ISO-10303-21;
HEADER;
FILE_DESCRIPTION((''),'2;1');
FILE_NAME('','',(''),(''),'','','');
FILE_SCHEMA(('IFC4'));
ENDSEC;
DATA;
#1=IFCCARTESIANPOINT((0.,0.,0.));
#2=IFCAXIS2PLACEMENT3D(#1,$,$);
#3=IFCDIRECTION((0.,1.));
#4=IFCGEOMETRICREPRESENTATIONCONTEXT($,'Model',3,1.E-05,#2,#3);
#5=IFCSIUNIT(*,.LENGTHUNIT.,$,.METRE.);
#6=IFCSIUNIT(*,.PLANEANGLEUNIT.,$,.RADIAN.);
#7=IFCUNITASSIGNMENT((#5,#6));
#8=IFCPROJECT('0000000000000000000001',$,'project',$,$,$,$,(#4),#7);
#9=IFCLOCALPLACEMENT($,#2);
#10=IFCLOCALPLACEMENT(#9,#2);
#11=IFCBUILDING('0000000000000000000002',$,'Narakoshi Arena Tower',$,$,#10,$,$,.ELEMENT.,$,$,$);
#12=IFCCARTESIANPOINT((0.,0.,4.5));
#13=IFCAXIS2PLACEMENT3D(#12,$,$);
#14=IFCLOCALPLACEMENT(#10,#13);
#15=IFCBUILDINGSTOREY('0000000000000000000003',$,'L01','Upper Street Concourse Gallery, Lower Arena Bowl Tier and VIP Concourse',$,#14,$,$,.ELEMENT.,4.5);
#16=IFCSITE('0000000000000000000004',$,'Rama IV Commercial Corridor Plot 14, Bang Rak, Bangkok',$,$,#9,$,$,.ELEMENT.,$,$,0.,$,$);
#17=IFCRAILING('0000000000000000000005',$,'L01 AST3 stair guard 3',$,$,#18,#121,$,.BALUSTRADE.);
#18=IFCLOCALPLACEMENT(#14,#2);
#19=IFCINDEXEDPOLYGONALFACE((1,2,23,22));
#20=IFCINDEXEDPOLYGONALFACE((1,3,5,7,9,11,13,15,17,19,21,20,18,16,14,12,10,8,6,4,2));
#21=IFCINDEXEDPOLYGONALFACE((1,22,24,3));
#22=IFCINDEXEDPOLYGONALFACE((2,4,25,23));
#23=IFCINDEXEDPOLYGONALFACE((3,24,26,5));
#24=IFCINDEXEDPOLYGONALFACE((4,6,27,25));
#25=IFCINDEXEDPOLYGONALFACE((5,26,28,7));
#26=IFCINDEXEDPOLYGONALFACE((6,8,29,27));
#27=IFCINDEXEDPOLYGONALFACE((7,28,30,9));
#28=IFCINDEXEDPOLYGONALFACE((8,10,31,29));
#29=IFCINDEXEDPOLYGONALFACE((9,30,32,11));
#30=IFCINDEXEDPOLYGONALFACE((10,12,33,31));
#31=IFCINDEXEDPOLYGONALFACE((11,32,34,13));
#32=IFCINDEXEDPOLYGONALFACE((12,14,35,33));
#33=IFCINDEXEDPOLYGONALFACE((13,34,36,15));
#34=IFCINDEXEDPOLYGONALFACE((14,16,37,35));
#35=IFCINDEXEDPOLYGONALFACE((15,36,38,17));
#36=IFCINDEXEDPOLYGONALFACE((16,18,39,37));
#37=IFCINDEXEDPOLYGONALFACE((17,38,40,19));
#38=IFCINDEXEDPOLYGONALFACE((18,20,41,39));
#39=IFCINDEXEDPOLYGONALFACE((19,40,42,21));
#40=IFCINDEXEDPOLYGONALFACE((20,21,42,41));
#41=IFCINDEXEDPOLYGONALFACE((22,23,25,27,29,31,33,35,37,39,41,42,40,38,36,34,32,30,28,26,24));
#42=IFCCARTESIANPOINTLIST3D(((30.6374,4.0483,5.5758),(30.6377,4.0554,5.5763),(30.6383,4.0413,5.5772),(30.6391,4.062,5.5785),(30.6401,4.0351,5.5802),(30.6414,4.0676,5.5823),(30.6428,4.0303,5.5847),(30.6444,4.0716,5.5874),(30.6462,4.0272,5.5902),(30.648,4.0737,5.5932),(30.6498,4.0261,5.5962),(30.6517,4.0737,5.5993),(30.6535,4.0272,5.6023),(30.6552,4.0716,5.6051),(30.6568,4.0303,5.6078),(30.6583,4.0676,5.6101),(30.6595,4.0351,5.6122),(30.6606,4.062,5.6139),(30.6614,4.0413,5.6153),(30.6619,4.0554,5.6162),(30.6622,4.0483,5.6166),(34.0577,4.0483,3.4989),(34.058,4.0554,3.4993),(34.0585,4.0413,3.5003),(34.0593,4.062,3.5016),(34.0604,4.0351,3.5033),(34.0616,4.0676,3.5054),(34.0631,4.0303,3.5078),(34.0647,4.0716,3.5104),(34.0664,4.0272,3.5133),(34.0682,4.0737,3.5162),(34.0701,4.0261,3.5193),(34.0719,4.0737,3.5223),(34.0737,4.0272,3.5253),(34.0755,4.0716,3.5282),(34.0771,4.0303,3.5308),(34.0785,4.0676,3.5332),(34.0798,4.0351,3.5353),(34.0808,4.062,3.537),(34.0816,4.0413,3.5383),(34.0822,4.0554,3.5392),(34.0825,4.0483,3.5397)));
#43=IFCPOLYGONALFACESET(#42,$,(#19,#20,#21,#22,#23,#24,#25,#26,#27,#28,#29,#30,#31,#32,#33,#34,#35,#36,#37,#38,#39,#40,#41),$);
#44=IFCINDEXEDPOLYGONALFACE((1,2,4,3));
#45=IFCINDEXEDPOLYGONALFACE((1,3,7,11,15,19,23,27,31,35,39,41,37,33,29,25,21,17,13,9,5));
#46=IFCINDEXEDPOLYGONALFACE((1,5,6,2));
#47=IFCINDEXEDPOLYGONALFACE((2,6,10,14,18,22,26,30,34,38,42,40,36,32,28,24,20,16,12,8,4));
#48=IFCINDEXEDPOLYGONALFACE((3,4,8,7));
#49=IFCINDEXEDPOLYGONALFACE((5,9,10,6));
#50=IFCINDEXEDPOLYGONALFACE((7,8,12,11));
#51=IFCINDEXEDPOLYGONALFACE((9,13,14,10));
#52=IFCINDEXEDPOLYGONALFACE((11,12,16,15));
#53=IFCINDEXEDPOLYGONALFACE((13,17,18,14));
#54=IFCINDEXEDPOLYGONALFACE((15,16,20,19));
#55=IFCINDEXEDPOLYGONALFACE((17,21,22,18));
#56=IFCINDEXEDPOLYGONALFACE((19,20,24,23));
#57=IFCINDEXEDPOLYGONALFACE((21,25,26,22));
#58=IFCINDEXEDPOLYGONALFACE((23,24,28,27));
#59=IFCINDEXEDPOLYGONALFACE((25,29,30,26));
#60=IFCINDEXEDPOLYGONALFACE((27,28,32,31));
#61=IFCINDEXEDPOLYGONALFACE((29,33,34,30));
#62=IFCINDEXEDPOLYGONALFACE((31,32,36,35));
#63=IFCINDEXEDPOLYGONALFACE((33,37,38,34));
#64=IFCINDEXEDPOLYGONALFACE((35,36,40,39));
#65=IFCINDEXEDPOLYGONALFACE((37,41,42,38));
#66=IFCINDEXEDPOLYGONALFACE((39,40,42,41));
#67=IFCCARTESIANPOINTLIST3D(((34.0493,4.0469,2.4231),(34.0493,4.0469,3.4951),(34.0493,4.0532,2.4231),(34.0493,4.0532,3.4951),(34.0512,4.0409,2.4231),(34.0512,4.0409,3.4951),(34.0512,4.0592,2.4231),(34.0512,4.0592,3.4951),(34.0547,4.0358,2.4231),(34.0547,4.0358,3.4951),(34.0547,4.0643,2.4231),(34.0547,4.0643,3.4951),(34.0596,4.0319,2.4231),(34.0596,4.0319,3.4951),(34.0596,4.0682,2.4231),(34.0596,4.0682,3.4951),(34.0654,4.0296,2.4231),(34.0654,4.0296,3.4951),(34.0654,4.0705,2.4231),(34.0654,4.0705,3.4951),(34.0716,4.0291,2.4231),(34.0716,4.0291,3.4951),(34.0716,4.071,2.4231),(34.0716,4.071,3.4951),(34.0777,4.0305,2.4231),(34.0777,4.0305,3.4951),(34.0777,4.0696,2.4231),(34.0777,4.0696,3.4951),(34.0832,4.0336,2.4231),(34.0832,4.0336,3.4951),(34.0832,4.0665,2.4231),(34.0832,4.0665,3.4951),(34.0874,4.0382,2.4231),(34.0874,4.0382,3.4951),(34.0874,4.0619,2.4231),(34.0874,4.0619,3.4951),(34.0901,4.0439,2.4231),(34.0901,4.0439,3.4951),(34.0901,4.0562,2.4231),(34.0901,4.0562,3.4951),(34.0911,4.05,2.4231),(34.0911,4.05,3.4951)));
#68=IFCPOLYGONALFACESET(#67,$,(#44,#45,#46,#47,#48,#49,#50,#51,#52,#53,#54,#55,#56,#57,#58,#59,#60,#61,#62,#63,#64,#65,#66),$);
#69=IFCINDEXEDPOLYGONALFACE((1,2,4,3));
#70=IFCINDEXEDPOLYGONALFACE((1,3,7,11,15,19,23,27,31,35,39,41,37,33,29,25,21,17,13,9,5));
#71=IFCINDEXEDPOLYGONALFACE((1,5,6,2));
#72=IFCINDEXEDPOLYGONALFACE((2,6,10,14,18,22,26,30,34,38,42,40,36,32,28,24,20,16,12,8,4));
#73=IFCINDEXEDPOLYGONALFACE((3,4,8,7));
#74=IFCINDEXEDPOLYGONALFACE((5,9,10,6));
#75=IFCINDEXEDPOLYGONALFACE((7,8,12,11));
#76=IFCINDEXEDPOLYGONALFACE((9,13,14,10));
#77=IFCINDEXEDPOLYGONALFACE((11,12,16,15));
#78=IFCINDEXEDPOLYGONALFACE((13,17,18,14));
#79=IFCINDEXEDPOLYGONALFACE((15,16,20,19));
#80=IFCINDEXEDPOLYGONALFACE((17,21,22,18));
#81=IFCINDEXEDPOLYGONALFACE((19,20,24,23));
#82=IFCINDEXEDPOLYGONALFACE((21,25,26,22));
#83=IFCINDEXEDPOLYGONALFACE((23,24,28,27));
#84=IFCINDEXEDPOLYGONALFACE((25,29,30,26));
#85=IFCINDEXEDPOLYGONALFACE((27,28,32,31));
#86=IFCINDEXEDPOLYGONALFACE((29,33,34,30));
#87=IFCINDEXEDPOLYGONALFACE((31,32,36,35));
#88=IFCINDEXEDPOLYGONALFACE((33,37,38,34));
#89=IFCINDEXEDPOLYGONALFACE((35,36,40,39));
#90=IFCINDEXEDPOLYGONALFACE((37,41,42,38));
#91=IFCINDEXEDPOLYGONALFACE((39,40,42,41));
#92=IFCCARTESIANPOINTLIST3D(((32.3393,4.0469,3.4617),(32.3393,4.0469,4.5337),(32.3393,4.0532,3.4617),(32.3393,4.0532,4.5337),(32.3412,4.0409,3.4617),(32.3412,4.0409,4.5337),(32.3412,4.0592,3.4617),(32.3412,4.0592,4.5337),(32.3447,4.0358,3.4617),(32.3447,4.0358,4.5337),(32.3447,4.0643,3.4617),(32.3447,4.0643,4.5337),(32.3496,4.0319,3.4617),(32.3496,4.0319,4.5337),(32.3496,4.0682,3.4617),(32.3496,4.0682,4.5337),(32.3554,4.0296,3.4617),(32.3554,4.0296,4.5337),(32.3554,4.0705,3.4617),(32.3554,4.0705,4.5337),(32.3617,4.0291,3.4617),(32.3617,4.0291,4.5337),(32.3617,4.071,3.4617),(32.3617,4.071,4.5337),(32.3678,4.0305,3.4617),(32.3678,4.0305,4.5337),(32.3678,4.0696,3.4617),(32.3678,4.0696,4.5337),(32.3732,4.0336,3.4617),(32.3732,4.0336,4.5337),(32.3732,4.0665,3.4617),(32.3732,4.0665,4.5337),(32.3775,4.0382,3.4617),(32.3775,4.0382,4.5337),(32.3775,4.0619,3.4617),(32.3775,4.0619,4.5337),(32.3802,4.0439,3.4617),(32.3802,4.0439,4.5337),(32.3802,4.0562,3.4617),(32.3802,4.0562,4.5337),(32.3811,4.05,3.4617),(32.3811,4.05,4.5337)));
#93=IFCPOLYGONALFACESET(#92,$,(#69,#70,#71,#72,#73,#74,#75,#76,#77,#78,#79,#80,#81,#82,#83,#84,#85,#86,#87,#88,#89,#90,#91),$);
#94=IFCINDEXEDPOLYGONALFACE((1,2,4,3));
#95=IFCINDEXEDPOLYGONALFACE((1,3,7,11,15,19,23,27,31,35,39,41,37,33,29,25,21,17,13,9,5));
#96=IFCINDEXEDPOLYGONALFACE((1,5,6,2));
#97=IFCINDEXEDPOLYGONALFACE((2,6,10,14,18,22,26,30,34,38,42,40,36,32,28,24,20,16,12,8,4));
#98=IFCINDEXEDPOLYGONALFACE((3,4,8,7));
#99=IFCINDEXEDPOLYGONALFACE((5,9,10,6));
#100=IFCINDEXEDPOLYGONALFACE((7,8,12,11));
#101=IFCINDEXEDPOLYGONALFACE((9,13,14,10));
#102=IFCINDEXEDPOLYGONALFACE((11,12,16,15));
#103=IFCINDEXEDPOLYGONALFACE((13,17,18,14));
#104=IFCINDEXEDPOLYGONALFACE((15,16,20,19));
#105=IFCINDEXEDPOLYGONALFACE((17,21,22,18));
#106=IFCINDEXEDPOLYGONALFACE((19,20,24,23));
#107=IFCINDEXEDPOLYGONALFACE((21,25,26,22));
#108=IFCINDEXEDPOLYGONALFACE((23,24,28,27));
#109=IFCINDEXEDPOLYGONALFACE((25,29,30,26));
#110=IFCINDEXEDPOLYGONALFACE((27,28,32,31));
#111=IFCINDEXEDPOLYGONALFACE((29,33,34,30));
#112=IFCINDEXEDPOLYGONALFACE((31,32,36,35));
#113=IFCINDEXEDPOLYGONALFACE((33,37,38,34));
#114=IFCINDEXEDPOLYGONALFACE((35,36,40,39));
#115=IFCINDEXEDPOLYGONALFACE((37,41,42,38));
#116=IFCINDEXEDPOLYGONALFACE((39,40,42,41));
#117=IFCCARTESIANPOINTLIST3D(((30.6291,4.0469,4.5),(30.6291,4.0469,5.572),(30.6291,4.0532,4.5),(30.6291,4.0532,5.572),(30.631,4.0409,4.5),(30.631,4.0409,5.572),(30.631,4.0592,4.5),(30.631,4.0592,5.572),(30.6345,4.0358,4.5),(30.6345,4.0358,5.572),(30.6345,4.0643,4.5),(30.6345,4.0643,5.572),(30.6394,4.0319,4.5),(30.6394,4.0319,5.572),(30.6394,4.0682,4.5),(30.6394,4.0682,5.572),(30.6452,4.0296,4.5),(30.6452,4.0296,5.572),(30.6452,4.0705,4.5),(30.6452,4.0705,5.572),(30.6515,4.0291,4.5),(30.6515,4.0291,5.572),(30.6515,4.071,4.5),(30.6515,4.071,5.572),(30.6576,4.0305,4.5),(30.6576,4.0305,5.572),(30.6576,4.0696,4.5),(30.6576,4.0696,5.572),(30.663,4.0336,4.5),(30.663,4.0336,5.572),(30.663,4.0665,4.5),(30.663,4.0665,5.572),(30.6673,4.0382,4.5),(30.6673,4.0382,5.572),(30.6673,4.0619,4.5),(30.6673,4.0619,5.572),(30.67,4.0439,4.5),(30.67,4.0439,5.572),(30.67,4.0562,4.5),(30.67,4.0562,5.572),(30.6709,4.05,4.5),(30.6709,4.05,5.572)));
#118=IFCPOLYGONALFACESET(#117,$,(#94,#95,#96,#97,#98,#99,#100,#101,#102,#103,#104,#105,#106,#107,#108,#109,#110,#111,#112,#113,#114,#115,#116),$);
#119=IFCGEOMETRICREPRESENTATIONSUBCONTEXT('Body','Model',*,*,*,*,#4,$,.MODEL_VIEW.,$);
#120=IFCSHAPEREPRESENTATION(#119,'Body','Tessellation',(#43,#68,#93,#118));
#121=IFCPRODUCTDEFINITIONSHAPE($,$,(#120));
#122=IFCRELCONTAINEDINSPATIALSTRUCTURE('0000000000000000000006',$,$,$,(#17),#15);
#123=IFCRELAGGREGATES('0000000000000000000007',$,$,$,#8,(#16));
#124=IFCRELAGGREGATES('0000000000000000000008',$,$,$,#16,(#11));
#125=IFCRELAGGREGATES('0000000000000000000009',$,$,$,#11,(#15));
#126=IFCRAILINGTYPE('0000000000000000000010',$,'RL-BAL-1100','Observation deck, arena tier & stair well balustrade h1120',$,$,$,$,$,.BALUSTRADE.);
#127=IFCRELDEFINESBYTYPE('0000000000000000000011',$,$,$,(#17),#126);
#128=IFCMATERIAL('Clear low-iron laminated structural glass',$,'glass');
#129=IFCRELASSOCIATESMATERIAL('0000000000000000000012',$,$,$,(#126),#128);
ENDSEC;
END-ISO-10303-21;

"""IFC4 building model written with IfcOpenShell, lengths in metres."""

from ifc_helpers import new_model, si_unit, direction, frame, origin, origin_2d, place, context, subcontext, project, spatial, circle, extrude, material, type_object, element, save


model = new_model("IFC4")

# Units and contexts
model_context = context("Model", 3, precision=1e-05, world=origin(), true_north=direction((0.0, 1.0)))
body_context = subcontext(model_context, "Body", "Model", "MODEL_VIEW")
ifc_project = project(units=[si_unit("LENGTHUNIT", "METRE"), si_unit("PLANEANGLEUNIT", "RADIAN")], contexts=[model_context])

# Site, building, storey
site_placement = place(None, origin())
site = spatial("IfcSite", under=ifc_project, at=site_placement, Name="Rama IV Commercial Corridor Plot 14, Bang Rak, Bangkok", CompositionType="ELEMENT", RefElevation=0.0)
building_placement = place(site_placement, origin())
building = spatial("IfcBuilding", under=site, at=building_placement, Name="Narakoshi Arena Tower", CompositionType="ELEMENT")
storey_placement = place(building_placement, frame((0.0, 0.0, 4.5)))
storey = spatial("IfcBuildingStorey", under=building, at=storey_placement, Name="L01", Description="Upper Street Concourse Gallery, Lower Arena Bowl Tier and VIP Concourse", CompositionType="ELEMENT", Elevation=4.5)

# Railing
ifc_material_1 = material(Name="Clear low-iron laminated structural glass", Category="glass")
railing_type_1 = type_object("IfcRailingType", Name="RL-BAL-1100", Description="Observation deck, arena tier & stair well balustrade h1120", PredefinedType="BALUSTRADE", material=ifc_material_1)
railing_1_placement = place(storey_placement, frame((34.0701, 4.05, 2.4231)))
element("IfcRailing", 1, at=railing_1_placement, inside=storey, type_object=railing_type_1, Name="L01 AST3 stair guard 3", PredefinedType="BALUSTRADE", context=body_context, shape_type="SweptSolid", body=[
    extrude(circle(Radius=0.0239, at=origin_2d()), frame((0.0, 0.0, 1.0962), z_axis=(-0.854746, 0.0, 0.519047), x_axis=(0.0, -1.0, 0.0)), (0.0, 0.0, 1.0), 4.0015),
    extrude(circle(Radius=0.021, at=origin_2d()), origin(), (0.0, 0.0, 1.0), 1.072),
    extrude(circle(Radius=0.021, at=origin_2d()), frame((-1.71, 0.0, 1.0386)), (0.0, 0.0, 1.0), 1.072),
    extrude(circle(Radius=0.021, at=origin_2d()), frame((-3.4202, 0.0, 2.0769)), (0.0, 0.0, 1.0), 1.072),
])

save(model, "model.ifc")
